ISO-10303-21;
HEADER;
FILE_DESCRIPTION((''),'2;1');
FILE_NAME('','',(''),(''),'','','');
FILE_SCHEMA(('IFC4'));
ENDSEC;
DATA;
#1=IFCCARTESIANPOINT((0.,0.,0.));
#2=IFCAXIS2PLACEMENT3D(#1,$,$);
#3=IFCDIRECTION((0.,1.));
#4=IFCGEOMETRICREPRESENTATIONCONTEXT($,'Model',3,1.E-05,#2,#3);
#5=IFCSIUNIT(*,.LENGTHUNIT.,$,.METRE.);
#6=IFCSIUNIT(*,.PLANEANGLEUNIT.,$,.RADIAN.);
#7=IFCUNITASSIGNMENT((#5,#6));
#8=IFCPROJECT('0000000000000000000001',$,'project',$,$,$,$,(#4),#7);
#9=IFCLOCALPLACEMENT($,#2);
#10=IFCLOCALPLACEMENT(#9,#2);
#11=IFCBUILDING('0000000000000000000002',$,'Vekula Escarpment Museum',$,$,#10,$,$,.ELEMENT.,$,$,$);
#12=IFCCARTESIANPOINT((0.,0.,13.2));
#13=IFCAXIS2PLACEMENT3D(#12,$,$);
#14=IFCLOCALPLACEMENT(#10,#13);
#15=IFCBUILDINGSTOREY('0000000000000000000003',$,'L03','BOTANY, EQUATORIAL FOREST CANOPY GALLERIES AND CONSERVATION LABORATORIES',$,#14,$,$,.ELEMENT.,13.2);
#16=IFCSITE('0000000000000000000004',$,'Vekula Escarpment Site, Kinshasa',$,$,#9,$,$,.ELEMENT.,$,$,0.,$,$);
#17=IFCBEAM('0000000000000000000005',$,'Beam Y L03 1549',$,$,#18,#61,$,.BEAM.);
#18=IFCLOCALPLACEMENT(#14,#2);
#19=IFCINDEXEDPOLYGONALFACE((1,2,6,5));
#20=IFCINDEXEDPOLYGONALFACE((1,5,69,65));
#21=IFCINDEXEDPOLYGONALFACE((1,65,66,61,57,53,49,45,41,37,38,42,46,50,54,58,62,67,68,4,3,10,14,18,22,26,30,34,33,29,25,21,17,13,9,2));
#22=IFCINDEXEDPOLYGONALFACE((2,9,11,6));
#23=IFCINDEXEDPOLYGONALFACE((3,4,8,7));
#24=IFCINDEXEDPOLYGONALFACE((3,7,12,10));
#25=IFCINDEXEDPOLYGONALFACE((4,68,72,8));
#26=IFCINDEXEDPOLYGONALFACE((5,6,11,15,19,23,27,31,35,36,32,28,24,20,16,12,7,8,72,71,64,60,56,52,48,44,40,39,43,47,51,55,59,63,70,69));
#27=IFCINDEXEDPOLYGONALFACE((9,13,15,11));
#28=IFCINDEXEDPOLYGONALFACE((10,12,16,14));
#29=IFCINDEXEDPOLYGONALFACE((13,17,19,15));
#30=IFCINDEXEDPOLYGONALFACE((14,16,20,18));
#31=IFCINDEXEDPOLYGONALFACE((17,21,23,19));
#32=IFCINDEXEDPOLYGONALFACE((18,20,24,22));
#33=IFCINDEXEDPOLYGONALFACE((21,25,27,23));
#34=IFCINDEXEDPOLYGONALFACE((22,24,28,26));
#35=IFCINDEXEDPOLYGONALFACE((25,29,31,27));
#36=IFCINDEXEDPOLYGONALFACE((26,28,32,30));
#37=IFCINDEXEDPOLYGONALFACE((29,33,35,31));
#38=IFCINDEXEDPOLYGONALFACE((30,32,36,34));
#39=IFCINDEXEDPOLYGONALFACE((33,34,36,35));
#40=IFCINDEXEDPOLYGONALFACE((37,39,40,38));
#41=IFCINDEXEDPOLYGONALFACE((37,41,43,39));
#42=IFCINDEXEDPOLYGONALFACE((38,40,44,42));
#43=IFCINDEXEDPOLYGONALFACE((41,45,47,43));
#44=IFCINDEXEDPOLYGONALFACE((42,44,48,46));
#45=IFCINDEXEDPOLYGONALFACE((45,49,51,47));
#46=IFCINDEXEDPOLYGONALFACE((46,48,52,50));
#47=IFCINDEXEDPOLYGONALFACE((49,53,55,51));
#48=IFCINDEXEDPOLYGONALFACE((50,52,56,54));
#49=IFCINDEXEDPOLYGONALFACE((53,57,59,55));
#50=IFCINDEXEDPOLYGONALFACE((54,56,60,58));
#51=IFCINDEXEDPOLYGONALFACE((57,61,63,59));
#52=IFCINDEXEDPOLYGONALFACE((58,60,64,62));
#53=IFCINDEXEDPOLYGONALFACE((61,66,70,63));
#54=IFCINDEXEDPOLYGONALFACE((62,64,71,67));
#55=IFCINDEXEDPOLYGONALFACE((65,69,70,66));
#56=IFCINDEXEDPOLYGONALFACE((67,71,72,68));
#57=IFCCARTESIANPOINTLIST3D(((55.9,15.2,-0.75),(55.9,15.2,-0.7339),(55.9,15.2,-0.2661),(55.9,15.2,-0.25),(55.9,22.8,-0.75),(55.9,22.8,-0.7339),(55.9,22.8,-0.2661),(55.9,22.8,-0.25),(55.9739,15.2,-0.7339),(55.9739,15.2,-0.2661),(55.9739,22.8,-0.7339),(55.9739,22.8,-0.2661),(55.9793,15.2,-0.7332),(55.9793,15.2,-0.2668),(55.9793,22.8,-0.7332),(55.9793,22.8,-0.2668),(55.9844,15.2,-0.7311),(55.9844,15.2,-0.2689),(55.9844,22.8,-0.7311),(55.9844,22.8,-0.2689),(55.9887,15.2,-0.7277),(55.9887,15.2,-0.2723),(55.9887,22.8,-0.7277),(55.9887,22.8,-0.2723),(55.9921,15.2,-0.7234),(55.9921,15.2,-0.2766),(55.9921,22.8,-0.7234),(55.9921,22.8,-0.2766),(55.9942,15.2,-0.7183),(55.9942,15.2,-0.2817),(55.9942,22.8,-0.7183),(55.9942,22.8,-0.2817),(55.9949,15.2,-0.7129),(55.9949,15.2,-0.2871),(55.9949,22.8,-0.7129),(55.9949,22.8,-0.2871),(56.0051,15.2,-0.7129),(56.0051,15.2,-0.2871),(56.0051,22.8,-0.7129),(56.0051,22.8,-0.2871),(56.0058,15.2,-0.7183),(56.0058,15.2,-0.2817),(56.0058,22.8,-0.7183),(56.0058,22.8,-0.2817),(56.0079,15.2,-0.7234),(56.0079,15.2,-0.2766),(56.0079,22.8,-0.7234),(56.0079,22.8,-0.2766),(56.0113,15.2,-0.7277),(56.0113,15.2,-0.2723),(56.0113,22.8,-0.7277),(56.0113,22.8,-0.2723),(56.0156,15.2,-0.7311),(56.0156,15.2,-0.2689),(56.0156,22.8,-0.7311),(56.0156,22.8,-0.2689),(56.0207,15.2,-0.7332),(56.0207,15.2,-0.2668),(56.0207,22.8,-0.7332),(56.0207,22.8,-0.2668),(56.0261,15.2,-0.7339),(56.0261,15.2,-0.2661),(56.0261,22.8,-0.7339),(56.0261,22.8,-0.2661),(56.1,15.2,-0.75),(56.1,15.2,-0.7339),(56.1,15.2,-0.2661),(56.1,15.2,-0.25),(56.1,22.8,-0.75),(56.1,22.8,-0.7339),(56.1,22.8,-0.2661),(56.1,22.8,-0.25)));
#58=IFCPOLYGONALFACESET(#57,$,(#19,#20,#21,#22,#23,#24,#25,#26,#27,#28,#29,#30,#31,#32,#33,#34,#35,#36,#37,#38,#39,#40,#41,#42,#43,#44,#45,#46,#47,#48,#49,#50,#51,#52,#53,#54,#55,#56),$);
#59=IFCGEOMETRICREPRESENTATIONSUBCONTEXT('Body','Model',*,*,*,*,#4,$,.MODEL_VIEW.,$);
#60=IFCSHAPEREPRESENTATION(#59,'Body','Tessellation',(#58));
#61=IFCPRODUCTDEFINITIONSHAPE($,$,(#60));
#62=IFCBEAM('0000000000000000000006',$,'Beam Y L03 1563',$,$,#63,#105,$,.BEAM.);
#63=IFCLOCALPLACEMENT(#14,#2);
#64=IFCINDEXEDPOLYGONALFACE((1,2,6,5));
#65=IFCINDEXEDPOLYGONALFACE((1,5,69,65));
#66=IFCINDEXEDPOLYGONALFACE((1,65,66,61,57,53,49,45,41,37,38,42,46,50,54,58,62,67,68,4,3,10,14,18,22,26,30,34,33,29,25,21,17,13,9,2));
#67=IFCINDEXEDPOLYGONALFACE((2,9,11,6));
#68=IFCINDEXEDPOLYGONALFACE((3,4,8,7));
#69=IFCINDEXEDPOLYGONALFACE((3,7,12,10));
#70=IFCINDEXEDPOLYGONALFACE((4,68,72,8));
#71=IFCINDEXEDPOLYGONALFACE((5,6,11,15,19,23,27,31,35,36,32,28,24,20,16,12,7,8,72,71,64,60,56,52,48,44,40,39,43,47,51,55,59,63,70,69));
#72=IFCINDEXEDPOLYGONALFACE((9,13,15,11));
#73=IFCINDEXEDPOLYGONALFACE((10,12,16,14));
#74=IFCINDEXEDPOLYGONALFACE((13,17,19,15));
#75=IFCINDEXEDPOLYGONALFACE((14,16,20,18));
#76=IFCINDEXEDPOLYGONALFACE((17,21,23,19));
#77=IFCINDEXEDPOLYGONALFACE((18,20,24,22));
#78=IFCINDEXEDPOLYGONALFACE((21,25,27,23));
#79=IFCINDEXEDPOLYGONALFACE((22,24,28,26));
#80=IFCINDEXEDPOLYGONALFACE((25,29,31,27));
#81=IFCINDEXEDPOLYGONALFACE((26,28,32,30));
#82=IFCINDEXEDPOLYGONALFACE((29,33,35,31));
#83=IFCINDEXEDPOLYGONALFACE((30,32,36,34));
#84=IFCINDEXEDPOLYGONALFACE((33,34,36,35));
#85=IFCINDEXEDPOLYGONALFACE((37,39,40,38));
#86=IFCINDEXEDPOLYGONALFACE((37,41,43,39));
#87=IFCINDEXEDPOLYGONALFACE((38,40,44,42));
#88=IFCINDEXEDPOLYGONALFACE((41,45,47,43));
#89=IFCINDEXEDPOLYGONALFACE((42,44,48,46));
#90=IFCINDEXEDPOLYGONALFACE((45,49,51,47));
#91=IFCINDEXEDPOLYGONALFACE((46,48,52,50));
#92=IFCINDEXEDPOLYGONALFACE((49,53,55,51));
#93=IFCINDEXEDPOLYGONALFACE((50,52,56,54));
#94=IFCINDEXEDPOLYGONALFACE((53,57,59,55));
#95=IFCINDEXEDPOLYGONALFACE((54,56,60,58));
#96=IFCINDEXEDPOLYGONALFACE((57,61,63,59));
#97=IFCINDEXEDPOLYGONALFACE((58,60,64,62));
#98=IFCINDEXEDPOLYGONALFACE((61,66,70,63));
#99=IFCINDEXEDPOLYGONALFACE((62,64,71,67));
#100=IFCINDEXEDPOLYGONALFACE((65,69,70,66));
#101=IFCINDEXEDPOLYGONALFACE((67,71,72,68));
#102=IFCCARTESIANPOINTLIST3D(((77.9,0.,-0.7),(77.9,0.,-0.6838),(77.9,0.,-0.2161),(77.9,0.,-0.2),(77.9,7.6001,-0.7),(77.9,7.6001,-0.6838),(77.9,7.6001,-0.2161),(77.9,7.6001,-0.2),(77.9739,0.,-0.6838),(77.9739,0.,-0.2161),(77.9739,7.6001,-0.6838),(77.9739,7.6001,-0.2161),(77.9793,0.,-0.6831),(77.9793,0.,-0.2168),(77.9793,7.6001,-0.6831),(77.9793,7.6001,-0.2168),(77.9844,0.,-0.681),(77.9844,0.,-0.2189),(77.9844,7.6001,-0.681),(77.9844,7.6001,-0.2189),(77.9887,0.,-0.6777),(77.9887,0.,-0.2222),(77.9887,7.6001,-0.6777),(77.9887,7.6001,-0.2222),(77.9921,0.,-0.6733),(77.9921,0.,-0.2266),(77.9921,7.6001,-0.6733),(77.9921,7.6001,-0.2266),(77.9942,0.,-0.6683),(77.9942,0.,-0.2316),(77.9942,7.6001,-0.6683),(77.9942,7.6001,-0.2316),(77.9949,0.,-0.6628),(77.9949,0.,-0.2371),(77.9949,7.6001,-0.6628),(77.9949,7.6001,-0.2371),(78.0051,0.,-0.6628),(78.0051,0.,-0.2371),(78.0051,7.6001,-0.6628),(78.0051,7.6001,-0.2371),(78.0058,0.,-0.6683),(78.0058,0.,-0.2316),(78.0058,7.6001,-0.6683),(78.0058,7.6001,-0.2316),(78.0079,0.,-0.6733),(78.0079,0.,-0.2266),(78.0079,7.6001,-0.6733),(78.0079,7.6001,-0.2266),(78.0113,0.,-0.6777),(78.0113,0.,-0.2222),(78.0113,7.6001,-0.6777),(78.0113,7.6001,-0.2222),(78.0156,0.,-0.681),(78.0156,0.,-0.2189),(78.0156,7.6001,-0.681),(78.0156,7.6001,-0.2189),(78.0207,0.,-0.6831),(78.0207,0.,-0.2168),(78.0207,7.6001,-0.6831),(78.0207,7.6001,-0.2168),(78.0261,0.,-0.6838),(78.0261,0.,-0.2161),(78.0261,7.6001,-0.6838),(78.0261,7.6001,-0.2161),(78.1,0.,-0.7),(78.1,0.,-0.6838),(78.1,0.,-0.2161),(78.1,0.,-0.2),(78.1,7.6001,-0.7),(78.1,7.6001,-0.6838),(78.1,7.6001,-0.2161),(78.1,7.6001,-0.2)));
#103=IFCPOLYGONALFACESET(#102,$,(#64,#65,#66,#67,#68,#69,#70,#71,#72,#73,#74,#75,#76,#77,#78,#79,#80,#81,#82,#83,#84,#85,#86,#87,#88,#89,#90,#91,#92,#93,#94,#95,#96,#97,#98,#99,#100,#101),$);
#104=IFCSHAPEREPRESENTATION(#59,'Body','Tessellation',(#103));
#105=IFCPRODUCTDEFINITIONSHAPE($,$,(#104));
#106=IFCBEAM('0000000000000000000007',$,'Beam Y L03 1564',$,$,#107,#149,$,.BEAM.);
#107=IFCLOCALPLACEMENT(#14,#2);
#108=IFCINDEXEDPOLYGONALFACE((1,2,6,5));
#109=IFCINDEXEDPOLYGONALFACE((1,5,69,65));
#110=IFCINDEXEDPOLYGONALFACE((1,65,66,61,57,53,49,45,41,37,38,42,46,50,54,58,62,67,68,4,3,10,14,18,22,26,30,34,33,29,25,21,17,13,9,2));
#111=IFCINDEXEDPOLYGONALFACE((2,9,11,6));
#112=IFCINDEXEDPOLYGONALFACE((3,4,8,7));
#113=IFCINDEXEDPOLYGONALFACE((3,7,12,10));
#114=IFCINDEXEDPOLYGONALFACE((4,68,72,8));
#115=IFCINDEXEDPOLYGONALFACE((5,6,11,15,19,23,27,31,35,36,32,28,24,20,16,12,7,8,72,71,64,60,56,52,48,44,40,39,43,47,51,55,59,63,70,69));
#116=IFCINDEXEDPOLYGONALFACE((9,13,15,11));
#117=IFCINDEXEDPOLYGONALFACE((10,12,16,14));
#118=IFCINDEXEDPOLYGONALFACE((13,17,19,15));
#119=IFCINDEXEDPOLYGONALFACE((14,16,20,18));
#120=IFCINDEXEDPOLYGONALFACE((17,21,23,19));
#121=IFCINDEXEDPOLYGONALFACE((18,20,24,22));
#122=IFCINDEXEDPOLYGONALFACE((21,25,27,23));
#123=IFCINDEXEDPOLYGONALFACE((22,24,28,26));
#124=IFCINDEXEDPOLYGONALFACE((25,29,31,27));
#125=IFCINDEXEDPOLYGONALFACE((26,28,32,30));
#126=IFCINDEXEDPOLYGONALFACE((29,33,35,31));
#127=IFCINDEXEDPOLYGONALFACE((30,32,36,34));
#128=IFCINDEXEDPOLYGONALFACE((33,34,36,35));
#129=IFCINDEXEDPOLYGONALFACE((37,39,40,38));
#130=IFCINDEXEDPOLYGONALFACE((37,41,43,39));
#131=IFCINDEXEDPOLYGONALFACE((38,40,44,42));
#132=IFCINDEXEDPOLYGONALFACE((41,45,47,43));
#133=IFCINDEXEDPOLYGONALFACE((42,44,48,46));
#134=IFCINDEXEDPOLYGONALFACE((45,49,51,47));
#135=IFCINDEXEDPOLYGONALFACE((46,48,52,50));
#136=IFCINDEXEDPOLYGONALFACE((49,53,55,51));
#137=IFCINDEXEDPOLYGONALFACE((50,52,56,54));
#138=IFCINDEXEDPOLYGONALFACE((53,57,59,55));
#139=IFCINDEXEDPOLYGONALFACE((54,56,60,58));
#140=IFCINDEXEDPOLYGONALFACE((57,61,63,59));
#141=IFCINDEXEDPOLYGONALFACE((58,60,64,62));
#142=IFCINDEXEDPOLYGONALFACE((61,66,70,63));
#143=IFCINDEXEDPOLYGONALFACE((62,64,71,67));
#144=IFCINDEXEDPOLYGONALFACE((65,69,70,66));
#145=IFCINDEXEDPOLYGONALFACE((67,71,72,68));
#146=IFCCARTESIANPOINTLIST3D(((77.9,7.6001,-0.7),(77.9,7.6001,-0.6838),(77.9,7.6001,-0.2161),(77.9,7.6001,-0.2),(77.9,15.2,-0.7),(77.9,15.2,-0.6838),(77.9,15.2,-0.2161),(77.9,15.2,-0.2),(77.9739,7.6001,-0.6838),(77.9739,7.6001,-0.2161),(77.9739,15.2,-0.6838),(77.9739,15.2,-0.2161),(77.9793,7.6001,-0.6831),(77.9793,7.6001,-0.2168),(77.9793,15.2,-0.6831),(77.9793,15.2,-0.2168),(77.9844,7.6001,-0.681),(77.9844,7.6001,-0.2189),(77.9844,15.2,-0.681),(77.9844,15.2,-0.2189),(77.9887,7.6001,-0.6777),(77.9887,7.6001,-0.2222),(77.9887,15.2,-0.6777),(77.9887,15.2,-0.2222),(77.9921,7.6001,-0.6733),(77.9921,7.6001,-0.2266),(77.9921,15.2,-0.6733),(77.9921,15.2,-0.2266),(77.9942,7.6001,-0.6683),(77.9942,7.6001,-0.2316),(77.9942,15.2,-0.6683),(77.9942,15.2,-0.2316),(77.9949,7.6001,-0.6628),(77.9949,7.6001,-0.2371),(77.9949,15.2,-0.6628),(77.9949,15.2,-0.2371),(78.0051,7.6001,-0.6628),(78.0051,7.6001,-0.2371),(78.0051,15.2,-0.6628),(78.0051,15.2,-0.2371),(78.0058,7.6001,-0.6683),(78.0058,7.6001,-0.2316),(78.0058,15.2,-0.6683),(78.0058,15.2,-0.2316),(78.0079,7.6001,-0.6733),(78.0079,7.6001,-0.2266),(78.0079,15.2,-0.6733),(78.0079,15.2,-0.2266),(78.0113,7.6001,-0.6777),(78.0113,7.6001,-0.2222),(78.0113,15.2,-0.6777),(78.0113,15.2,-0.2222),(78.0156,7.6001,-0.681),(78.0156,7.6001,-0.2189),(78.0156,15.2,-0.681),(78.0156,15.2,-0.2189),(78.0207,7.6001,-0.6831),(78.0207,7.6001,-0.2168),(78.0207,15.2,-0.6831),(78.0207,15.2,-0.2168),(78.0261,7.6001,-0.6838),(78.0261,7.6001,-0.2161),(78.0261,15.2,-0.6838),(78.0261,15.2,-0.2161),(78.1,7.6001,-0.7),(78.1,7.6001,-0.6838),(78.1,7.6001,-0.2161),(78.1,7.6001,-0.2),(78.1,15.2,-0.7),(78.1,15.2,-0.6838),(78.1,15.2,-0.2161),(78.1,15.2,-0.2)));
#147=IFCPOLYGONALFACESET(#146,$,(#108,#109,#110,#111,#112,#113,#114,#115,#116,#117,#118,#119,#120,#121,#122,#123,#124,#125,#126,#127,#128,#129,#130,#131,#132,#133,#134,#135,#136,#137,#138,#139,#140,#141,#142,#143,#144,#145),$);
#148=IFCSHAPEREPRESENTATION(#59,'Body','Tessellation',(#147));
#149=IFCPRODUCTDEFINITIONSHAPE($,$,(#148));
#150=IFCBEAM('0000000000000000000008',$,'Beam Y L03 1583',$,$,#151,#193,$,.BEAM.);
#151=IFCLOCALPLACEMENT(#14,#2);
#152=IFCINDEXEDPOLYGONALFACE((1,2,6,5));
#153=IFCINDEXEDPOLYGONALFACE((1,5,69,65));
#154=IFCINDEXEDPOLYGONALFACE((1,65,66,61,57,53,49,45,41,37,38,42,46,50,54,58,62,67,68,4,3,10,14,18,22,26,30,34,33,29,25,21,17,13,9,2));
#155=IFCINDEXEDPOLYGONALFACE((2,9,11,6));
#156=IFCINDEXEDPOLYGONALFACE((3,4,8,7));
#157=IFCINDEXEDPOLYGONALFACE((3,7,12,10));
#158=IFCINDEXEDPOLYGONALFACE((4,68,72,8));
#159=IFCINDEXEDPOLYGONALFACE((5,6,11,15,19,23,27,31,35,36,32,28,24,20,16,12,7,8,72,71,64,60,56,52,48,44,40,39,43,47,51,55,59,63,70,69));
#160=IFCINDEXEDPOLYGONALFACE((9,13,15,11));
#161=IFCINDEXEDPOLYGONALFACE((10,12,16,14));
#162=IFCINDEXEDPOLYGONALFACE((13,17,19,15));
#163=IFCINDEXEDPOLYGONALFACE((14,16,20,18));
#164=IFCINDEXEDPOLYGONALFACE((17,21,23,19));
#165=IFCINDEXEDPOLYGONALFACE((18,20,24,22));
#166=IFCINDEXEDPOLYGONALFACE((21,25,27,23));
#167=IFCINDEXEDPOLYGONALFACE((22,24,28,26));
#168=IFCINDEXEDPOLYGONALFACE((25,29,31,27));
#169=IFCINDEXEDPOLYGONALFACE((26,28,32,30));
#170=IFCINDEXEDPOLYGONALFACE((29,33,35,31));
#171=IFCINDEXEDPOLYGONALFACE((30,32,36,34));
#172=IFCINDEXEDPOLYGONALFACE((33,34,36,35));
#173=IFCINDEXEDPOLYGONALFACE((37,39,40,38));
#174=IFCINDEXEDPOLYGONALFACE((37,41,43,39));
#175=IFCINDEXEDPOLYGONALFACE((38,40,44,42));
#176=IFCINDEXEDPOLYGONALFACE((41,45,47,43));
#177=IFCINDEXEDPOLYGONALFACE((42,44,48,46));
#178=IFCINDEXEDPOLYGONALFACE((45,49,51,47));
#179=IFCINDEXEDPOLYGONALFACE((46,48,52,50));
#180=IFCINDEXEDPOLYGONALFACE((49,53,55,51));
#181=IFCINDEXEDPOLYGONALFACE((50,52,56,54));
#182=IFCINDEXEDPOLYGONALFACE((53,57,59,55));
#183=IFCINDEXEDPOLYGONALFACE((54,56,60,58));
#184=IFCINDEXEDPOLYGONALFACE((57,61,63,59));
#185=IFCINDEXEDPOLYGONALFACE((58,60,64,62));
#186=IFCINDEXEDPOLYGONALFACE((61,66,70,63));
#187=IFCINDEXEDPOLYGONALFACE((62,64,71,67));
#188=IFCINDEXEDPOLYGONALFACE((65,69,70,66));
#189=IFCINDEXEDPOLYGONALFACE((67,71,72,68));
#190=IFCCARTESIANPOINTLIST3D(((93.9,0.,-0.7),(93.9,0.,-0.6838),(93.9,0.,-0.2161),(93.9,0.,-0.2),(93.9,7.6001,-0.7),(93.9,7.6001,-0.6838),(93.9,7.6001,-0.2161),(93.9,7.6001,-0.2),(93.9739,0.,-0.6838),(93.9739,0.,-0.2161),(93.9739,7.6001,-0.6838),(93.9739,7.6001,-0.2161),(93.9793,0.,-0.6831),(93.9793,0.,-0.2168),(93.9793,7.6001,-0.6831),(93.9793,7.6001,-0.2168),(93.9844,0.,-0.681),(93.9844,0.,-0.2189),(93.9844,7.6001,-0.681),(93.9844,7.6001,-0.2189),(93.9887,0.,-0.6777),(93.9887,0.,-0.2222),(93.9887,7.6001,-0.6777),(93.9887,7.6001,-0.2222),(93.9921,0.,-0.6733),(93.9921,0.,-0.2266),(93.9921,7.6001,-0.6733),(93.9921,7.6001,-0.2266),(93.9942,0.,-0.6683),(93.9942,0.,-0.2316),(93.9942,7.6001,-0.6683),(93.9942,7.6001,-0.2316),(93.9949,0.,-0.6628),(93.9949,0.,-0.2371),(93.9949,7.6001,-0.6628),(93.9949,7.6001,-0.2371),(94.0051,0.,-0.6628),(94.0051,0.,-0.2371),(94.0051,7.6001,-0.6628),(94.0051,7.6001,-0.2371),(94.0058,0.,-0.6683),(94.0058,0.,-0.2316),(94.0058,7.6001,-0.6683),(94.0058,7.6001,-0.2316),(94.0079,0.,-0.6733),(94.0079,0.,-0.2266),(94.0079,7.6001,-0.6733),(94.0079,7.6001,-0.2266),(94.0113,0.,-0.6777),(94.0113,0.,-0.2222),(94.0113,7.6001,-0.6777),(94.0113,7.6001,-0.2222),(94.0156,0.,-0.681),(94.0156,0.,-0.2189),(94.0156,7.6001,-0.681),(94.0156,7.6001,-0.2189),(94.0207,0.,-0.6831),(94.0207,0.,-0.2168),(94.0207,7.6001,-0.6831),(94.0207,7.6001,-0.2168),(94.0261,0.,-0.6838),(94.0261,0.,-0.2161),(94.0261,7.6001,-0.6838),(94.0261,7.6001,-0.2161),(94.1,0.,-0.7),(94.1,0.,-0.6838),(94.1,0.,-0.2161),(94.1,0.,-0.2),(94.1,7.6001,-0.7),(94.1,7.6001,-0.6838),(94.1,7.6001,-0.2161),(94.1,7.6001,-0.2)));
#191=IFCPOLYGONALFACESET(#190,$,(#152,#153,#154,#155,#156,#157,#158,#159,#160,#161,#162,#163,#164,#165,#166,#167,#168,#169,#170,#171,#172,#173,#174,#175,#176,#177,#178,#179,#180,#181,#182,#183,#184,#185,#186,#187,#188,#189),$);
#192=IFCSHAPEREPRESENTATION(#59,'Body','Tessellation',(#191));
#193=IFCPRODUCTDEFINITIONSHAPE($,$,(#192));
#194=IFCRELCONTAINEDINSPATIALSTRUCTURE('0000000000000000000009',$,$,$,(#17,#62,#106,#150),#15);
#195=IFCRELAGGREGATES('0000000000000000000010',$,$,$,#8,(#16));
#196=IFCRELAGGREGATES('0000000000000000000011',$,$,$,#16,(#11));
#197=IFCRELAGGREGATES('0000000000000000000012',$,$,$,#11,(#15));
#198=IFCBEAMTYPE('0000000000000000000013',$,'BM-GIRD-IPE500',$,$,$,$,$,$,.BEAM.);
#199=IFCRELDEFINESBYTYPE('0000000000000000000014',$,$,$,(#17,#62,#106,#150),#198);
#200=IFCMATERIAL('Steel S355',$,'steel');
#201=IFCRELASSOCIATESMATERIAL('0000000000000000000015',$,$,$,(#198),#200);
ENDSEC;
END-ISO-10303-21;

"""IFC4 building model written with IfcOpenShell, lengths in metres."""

from ifc_helpers import new_model, si_unit, direction, frame, origin, origin_2d, place, context, subcontext, project, spatial, i_section, extrude, material, material_profile, profile_set, type_object, element, save


model = new_model("IFC4")

# Units and contexts
model_context = context("Model", 3, precision=1e-05, world=origin(), true_north=direction((0.0, 1.0)))
body_context = subcontext(model_context, "Body", "Model", "MODEL_VIEW")
ifc_project = project(units=[si_unit("LENGTHUNIT", "METRE"), si_unit("PLANEANGLEUNIT", "RADIAN")], contexts=[model_context])

# Site, building, storey
site_placement = place(None, origin())
site = spatial("IfcSite", under=ifc_project, at=site_placement, Name="Vekula Escarpment Site, Kinshasa", CompositionType="ELEMENT", RefElevation=0.0)
building_placement = place(site_placement, origin())
building = spatial("IfcBuilding", under=site, at=building_placement, Name="Vekula Escarpment Museum", CompositionType="ELEMENT")
storey_placement = place(building_placement, frame((0.0, 0.0, 13.2)))
storey = spatial("IfcBuildingStorey", under=building, at=storey_placement, Name="L03", Description="BOTANY, EQUATORIAL FOREST CANOPY GALLERIES AND CONSERVATION LABORATORIES", CompositionType="ELEMENT", Elevation=13.2)

# Beams
ifc_material_1 = material(Name="Steel S355", Category="steel")
ifc_material_profile_1 = material_profile(ifc_material_1, i_section(OverallWidth=0.2, OverallDepth=0.5, WebThickness=0.0103, FlangeThickness=0.0161, FilletRadius=0.021, at=origin_2d()), Name="IPE 500")
ifc_profile_set_1 = profile_set([ifc_material_profile_1], Name="Steel S355")
beam_type_1 = type_object("IfcBeamType", Name="BM-GIRD-IPE500", PredefinedType="BEAM", material=ifc_profile_set_1)
for number, where, z_axis, x_axis, name in (
    (1, (56.0, 15.2, -0.5), (0.0, 1.0, 0.0), (-1.0, 0.0, 0.0), "Beam Y L03 1549"),
    (2, (78.0, 0.0, -0.45), (0.0, 1.0, 0.0), (-1.0, 0.0, 0.0), "Beam Y L03 1563"),
):
    element("IfcBeam", number, at=place(storey_placement, frame(where, z_axis=z_axis, x_axis=x_axis)), inside=storey, type_object=beam_type_1, Name=name, PredefinedType="BEAM", context=body_context, shape_type="SweptSolid", body=[
        extrude(i_section(OverallWidth=0.2, OverallDepth=0.5, WebThickness=0.0103, FlangeThickness=0.0161, FilletRadius=0.021, at=origin_2d()), origin(), (0.0, 0.0, 1.0), 7.6001),
    ])
beam_1_placement = place(storey_placement, frame((78.0, 7.6001, -0.45), z_axis=(0.0, 1.0, 0.0), x_axis=(-1.0, 0.0, 0.0)))
element("IfcBeam", 3, at=beam_1_placement, inside=storey, type_object=beam_type_1, Name="Beam Y L03 1564", PredefinedType="BEAM", context=body_context, shape_type="SweptSolid", body=[
    extrude(i_section(OverallWidth=0.2, OverallDepth=0.5, WebThickness=0.0103, FlangeThickness=0.0161, FilletRadius=0.021, at=origin_2d()), origin(), (0.0, 0.0, 1.0), 7.5999),
])
beam_2_placement = place(storey_placement, frame((94.0, 0.0, -0.45), z_axis=(0.0, 1.0, 0.0), x_axis=(-1.0, 0.0, 0.0)))
element("IfcBeam", 4, at=beam_2_placement, inside=storey, type_object=beam_type_1, Name="Beam Y L03 1583", PredefinedType="BEAM", context=body_context, shape_type="SweptSolid", body=[
    extrude(i_section(OverallWidth=0.2, OverallDepth=0.5, WebThickness=0.0103, FlangeThickness=0.0161, FilletRadius=0.021, at=origin_2d()), origin(), (0.0, 0.0, 1.0), 7.6001),
])

save(model, "model.ifc")
